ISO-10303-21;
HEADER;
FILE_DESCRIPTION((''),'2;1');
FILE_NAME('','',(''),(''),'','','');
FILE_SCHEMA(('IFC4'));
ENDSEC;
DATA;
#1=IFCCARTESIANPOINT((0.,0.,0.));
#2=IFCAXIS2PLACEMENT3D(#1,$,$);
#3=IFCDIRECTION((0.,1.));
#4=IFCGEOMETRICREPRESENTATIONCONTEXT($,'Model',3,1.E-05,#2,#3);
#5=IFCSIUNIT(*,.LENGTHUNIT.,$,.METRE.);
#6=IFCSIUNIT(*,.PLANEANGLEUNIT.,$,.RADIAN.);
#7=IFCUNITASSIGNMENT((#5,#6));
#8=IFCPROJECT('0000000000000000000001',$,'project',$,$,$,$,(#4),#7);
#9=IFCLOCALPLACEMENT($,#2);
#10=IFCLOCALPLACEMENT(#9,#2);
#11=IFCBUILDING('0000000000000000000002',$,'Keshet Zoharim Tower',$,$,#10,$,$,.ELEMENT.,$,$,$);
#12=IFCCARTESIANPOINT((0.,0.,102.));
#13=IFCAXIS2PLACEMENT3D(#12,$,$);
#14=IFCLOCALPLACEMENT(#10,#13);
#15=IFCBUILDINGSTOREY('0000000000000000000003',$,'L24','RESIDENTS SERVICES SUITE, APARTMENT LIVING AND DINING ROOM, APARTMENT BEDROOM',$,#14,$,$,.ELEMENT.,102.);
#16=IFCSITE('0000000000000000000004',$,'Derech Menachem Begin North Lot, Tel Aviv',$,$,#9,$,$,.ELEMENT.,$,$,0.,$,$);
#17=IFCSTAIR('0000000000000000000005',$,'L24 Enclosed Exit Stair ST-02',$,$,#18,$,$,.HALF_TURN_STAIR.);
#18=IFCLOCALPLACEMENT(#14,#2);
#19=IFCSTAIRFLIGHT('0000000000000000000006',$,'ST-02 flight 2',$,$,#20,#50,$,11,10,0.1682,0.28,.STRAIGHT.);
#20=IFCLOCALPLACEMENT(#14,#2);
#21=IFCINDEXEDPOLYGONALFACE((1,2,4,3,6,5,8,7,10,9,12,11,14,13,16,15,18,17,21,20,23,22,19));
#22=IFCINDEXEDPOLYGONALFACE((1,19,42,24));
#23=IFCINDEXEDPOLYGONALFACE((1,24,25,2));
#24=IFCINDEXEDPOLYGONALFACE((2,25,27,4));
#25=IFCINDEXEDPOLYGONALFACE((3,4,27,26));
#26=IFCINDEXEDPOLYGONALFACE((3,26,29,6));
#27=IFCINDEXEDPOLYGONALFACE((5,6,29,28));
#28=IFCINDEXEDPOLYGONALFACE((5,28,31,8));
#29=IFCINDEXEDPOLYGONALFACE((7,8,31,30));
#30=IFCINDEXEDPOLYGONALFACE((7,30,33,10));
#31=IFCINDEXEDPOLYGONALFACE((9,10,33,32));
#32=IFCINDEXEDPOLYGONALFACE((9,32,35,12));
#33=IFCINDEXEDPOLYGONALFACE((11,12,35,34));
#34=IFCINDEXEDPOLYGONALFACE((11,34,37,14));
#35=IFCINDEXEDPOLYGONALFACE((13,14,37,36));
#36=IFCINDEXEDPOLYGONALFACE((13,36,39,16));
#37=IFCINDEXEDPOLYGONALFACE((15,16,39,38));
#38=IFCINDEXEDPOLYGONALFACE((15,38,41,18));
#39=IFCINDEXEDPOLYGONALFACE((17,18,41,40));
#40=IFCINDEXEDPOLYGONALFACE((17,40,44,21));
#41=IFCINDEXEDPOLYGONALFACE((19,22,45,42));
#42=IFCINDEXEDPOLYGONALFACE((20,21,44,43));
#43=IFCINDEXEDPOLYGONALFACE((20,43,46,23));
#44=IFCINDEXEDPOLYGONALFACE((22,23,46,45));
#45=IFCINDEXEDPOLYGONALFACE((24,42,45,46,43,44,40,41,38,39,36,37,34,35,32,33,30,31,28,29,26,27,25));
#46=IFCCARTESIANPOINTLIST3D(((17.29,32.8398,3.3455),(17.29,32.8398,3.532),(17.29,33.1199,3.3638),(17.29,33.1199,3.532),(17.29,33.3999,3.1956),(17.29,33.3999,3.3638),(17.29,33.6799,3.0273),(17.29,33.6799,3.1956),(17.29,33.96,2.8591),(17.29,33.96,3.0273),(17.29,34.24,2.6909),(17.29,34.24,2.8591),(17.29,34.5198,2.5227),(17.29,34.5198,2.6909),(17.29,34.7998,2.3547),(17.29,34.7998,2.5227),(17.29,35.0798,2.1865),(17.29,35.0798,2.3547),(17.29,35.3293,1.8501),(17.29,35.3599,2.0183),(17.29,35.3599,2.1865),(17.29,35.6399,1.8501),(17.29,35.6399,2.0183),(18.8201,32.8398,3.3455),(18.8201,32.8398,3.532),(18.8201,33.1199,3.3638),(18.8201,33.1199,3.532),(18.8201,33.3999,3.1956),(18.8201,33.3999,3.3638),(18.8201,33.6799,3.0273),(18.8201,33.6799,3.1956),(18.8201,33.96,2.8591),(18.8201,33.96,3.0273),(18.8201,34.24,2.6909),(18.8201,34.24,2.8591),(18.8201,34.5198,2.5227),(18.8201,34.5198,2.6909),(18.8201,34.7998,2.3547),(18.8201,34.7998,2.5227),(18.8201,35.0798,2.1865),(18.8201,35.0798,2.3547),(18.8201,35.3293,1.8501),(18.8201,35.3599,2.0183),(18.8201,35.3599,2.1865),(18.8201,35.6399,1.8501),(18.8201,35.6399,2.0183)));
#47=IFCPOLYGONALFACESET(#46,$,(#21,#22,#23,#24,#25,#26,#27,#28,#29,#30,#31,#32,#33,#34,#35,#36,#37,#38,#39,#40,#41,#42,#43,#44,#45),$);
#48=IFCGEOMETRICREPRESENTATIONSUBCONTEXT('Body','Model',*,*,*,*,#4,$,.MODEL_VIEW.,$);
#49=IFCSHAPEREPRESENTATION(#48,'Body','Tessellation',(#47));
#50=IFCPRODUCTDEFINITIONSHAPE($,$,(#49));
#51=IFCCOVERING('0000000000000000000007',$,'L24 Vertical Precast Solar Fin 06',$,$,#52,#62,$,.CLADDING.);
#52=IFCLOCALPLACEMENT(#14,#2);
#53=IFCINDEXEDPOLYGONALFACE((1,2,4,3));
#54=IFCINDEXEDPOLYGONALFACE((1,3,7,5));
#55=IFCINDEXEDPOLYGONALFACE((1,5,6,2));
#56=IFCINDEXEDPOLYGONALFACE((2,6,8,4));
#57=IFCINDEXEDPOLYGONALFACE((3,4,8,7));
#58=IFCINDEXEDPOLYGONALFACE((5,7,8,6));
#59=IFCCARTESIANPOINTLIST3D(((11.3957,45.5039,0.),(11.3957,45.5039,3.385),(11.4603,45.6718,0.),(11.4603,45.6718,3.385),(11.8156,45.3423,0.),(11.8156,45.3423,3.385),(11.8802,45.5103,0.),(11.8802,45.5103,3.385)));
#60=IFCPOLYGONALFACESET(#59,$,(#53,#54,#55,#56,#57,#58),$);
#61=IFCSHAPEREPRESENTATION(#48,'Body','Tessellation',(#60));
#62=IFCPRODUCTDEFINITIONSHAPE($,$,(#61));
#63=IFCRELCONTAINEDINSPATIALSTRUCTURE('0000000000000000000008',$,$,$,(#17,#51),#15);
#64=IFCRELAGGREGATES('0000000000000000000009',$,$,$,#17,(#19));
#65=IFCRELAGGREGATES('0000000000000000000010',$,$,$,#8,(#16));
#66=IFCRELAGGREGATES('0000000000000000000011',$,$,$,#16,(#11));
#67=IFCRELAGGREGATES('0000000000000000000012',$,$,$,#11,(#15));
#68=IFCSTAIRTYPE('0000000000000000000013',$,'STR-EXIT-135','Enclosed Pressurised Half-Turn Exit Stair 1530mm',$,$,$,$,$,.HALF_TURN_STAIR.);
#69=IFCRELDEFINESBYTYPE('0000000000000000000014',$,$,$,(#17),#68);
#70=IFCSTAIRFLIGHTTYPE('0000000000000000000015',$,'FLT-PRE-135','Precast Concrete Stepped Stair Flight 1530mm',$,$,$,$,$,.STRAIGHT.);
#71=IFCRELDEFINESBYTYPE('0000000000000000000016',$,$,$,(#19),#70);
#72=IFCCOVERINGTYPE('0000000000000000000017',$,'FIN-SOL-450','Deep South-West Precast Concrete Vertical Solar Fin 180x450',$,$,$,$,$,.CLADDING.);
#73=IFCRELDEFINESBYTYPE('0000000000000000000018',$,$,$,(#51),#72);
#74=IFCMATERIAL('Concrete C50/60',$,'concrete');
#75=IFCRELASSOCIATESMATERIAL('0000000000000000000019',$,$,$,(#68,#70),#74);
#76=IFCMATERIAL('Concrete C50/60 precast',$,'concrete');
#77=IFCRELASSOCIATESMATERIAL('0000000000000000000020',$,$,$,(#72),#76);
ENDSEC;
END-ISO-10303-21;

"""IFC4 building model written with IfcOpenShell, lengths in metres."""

from ifc_helpers import new_model, si_unit, direction, frame, origin, origin_2d, place, context, subcontext, project, spatial, polyline, rectangle, outline, extrude, material, type_object, element, aggregate, save


model = new_model("IFC4")

# Units and contexts
model_context = context("Model", 3, precision=1e-05, world=origin(), true_north=direction((0.0, 1.0)))
body_context = subcontext(model_context, "Body", "Model", "MODEL_VIEW")
ifc_project = project(units=[si_unit("LENGTHUNIT", "METRE"), si_unit("PLANEANGLEUNIT", "RADIAN")], contexts=[model_context])

# Site, building, storey
site_placement = place(None, origin())
site = spatial("IfcSite", under=ifc_project, at=site_placement, Name="Derech Menachem Begin North Lot, Tel Aviv", CompositionType="ELEMENT", RefElevation=0.0)
building_placement = place(site_placement, origin())
building = spatial("IfcBuilding", under=site, at=building_placement, Name="Keshet Zoharim Tower", CompositionType="ELEMENT")
storey_placement = place(building_placement, frame((0.0, 0.0, 102.0)))
storey = spatial("IfcBuildingStorey", under=building, at=storey_placement, Name="L24", Description="RESIDENTS SERVICES SUITE, APARTMENT LIVING AND DINING ROOM, APARTMENT BEDROOM", CompositionType="ELEMENT", Elevation=102.0)

# Stair, stair flight
ifc_material_1 = material(Name="Concrete C50/60", Category="concrete")
stair_type = type_object("IfcStairType", Name="STR-EXIT-135", Description="Enclosed Pressurised Half-Turn Exit Stair 1530mm", PredefinedType="HALF_TURN_STAIR", material=ifc_material_1)
stair_placement = place(storey_placement, origin())
stair = element("IfcStair", 1, at=stair_placement, inside=storey, type_object=stair_type, Name="L24 Enclosed Exit Stair ST-02", PredefinedType="HALF_TURN_STAIR")
stair_flight_type = type_object("IfcStairFlightType", Name="FLT-PRE-135", Description="Precast Concrete Stepped Stair Flight 1530mm", PredefinedType="STRAIGHT", material=ifc_material_1)
stair_flight_placement = place(storey_placement, frame((18.0549, 35.6399, 1.8501), z_axis=(0.0, 0.0, 1.0), x_axis=(0.0, -1.0, 0.0)))
stair_flight = element("IfcStairFlight", 2, at=stair_flight_placement, type_object=stair_flight_type, Name="ST-02 flight 2", NumberOfRisers=11, NumberOfTreads=10, PredefinedType="STRAIGHT", RiserHeight=0.1682, TreadLength=0.28, context=body_context, shape_type="SweptSolid", body=[
    extrude(outline(polyline([(0.0, 0.0), (0.0, 0.1682), (0.28, 0.1682), (0.28, 0.3364), (0.5601, 0.3364), (0.5601, 0.5046), (0.8401, 0.5046), (0.8401, 0.6726), (1.1201, 0.6726), (1.1201, 0.8408), (1.3999, 0.8408), (1.3999, 1.009), (1.6799, 1.009), (1.6799, 1.1772), (1.96, 1.1772), (1.96, 1.3455), (2.24, 1.3455), (2.24, 1.5137), (2.52, 1.5137), (2.52, 1.6819), (2.8, 1.6819), (2.8, 1.8501), (2.8, 1.4954), (0.3105, 0.0), (0.0, 0.0)])), frame((0.0, 0.7651, 0.0), z_axis=(0.0, -1.0, 0.0), x_axis=(1.0, 0.0, 0.0)), (0.0, 0.0, 1.0), 1.53),
])
aggregate(stair, [stair_flight])

# Covering
ifc_material_2 = material(Name="Concrete C50/60 precast", Category="concrete")
covering_type = type_object("IfcCoveringType", Name="FIN-SOL-450", Description="Deep South-West Precast Concrete Vertical Solar Fin 180x450", PredefinedType="CLADDING", material=ifc_material_2)
covering_placement = place(storey_placement, frame((11.6379, 45.5071, 0.0), z_axis=(0.0, 0.0, 1.0), x_axis=(0.35899, 0.933341, 0.0)))
element("IfcCovering", 3, at=covering_placement, inside=storey, type_object=covering_type, Name="L24 Vertical Precast Solar Fin 06", PredefinedType="CLADDING", context=body_context, shape_type="SweptSolid", body=[
    extrude(rectangle(XDim=0.1799, YDim=0.45, at=origin_2d()), origin(), (0.0, 0.0, 1.0), 3.385),
])

save(model, "model.ifc")
